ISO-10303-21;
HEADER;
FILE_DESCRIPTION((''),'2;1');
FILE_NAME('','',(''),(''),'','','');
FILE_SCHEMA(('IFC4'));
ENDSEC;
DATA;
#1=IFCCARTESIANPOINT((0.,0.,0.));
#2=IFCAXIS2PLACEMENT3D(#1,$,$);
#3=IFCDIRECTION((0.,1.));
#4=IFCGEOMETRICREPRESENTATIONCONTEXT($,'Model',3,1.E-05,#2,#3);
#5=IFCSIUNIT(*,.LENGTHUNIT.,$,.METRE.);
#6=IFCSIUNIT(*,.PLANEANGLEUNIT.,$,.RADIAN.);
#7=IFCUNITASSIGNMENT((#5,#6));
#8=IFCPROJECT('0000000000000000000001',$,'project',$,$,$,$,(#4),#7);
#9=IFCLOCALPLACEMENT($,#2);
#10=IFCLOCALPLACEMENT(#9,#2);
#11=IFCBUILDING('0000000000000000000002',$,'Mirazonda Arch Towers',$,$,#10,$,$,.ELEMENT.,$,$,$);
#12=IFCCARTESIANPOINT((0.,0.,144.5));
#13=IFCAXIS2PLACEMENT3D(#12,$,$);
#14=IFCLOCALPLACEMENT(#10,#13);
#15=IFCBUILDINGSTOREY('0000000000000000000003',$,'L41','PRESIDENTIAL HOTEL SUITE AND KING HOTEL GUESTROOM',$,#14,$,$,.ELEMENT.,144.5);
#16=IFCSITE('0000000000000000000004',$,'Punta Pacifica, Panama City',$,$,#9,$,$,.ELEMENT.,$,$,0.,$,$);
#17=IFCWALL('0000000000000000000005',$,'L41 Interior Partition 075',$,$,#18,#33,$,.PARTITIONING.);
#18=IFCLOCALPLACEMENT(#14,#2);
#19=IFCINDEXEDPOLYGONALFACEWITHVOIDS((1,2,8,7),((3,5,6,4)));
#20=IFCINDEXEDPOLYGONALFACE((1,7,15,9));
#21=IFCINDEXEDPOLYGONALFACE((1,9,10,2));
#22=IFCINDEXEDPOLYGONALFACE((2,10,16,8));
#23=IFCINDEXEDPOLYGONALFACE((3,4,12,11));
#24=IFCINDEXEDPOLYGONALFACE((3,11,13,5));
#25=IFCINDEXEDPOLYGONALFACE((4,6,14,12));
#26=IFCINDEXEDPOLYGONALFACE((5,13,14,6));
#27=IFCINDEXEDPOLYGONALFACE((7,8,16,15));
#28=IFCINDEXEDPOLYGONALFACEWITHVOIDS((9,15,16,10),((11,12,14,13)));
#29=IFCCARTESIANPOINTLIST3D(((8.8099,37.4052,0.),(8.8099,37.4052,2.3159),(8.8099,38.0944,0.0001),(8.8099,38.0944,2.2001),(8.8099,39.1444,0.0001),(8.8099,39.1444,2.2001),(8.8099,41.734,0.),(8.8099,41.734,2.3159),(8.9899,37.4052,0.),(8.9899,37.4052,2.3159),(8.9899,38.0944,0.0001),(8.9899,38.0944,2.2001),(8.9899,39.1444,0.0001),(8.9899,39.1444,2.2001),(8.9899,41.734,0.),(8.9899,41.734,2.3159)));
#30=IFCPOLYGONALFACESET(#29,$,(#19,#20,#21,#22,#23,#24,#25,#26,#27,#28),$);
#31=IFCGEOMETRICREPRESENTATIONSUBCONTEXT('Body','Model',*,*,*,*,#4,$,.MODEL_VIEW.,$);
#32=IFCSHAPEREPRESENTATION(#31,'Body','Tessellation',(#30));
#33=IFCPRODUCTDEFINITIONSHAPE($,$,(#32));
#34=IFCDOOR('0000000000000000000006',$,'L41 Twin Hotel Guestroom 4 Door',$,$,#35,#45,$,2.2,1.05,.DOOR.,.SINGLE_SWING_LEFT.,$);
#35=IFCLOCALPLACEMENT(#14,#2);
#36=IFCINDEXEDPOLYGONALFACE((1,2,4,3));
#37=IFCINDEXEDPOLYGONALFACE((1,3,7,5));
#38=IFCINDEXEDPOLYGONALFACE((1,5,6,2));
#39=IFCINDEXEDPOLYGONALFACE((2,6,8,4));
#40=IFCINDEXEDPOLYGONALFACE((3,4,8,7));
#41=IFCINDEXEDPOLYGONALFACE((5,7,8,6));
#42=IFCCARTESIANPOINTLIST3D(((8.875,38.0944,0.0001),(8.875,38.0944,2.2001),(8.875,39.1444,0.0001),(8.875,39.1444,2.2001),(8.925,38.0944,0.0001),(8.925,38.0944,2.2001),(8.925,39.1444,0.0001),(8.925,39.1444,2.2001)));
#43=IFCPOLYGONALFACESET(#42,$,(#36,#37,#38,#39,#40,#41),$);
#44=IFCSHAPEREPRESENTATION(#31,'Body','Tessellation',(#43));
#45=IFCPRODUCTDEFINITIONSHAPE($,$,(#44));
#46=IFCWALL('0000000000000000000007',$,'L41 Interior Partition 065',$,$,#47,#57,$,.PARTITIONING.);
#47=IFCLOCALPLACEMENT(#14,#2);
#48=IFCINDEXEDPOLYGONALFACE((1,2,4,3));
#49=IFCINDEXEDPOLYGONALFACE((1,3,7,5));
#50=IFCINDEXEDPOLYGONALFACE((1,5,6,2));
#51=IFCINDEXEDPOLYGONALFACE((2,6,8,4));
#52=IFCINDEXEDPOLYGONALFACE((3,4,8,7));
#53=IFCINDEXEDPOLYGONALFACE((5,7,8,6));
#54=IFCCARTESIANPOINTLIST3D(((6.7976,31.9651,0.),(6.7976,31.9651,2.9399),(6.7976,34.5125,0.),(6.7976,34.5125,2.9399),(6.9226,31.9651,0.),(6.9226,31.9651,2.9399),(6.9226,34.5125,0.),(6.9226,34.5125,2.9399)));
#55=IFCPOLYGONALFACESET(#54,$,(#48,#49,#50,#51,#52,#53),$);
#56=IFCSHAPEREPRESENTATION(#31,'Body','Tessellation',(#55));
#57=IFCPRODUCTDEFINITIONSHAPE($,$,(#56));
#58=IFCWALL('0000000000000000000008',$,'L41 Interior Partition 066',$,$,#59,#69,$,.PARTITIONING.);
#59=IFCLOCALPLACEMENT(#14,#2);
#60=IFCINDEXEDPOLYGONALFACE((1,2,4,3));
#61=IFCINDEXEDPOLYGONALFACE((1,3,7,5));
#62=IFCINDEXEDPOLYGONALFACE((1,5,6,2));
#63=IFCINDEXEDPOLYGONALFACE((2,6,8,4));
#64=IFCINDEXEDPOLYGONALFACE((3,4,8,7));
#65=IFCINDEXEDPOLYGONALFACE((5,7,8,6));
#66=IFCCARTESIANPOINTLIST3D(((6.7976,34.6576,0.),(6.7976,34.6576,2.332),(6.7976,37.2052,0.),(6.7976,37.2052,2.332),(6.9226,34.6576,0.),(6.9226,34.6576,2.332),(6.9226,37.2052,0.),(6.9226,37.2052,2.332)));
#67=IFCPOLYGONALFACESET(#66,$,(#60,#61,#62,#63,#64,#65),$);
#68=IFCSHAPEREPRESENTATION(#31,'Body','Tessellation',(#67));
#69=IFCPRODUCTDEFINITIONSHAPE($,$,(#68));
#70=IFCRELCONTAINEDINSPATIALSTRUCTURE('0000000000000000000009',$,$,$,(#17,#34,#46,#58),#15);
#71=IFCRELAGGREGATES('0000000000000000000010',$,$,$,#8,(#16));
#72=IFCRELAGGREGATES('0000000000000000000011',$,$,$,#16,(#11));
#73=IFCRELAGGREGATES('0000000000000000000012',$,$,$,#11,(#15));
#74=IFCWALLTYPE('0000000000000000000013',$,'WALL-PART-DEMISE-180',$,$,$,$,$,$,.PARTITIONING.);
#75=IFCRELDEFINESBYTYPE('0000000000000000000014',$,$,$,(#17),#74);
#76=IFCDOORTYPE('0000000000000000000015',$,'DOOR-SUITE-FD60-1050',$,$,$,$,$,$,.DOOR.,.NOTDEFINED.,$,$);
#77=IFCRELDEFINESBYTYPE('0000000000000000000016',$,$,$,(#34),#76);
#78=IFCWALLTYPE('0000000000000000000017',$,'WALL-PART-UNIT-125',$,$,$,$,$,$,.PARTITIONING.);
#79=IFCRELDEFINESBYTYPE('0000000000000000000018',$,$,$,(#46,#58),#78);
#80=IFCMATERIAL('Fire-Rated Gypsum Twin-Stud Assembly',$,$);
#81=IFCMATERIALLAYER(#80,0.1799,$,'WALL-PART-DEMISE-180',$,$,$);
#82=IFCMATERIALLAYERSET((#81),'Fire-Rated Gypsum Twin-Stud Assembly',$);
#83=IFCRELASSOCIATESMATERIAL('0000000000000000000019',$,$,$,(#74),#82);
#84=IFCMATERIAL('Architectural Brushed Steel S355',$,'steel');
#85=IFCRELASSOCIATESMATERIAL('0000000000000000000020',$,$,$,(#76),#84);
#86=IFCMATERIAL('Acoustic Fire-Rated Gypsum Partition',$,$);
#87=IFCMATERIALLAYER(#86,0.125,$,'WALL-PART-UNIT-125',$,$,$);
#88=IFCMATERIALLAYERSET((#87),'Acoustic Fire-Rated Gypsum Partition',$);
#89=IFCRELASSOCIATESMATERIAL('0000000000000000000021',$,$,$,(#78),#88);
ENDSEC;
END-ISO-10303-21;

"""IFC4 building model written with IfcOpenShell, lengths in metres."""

from ifc_helpers import new_model, si_unit, direction, frame, frame_2d, origin, place, context, subcontext, project, spatial, rectangle, extrude, material, layer, layer_set, type_object, element, fill, save


model = new_model("IFC4")

# Units and contexts
model_context = context("Model", 3, precision=1e-05, world=origin(), true_north=direction((0.0, 1.0)))
body_context = subcontext(model_context, "Body", "Model", "MODEL_VIEW")
ifc_project = project(units=[si_unit("LENGTHUNIT", "METRE"), si_unit("PLANEANGLEUNIT", "RADIAN")], contexts=[model_context])

# Site, building, storey
site_placement = place(None, origin())
site = spatial("IfcSite", under=ifc_project, at=site_placement, Name="Punta Pacifica, Panama City", CompositionType="ELEMENT", RefElevation=0.0)
building_placement = place(site_placement, origin())
building = spatial("IfcBuilding", under=site, at=building_placement, Name="Mirazonda Arch Towers", CompositionType="ELEMENT")
storey_placement = place(building_placement, frame((0.0, 0.0, 144.5)))
storey = spatial("IfcBuildingStorey", under=building, at=storey_placement, Name="L41", Description="PRESIDENTIAL HOTEL SUITE AND KING HOTEL GUESTROOM", CompositionType="ELEMENT", Elevation=144.5)

# Shared definitions
ifc_material_1 = material(Name="Architectural Brushed Steel S355", Category="steel")

# Shared definitions
ifc_material_2 = material(Name="Fire-Rated Gypsum Twin-Stud Assembly")
ifc_layer_1 = layer(ifc_material_2, 0.1799, Name="WALL-PART-DEMISE-180")
ifc_layer_set_1 = layer_set([ifc_layer_1], Name="Fire-Rated Gypsum Twin-Stud Assembly")
wall_type_1 = type_object("IfcWallType", Name="WALL-PART-DEMISE-180", PredefinedType="PARTITIONING", material=ifc_layer_set_1)
door_type_1 = type_object("IfcDoorType", Name="DOOR-SUITE-FD60-1050", OperationType="NOTDEFINED", PredefinedType="DOOR", material=ifc_material_1)

# Wall, opening, door
wall_1_placement = place(storey_placement, frame((8.8999, 37.405, 0.0), z_axis=(0.0, 0.0, 1.0), x_axis=(0.0, 1.0, 0.0)))
wall_1 = element("IfcWall", 1, at=wall_1_placement, inside=storey, type_object=wall_type_1, Name="L41 Interior Partition 075", PredefinedType="PARTITIONING", context=body_context, shape_type="SweptSolid", body=[
    extrude(rectangle(XDim=4.3289, YDim=0.1799, at=frame_2d((2.1646, 0.0))), origin(), (0.0, 0.0, 1.0), 2.3159),
])
opening_1_placement = place(wall_1_placement, frame((0.6895, 0.0, 0.0)))
opening_1 = element("IfcOpeningElement", 2, at=opening_1_placement, cuts=wall_1, PredefinedType="OPENING", context=body_context, shape_type="SweptSolid", body=[
    extrude(rectangle(XDim=1.05, YDim=2.2, at=frame_2d((0.5249, 1.1001))), frame((0.0, 0.0999, 0.0), z_axis=(0.0, -1.0, 0.0), x_axis=(1.0, 0.0, 0.0)), (0.0, 0.0, 1.0), 0.2),
])
door_1_placement = place(opening_1_placement, origin())
door_1 = element("IfcDoor", 3, at=door_1_placement, inside=storey, type_object=door_type_1, Name="L41 Twin Hotel Guestroom 4 Door", OperationType="SINGLE_SWING_LEFT", OverallHeight=2.2, OverallWidth=1.05, PredefinedType="DOOR", context=body_context, shape_type="SweptSolid", body=[
    extrude(rectangle(XDim=1.05, YDim=2.2, at=frame_2d((0.5249, 1.1001))), frame((0.0, 0.0249, 0.0), z_axis=(0.0, -1.0, 0.0), x_axis=(1.0, 0.0, 0.0)), (0.0, 0.0, 1.0), 0.05),
])
fill(opening_1, door_1)

# Walls
ifc_material_3 = material(Name="Acoustic Fire-Rated Gypsum Partition")
ifc_layer_2 = layer(ifc_material_3, 0.125, Name="WALL-PART-UNIT-125")
ifc_layer_set_2 = layer_set([ifc_layer_2], Name="Acoustic Fire-Rated Gypsum Partition")
wall_type_2 = type_object("IfcWallType", Name="WALL-PART-UNIT-125", PredefinedType="PARTITIONING", material=ifc_layer_set_2)
wall_2_placement = place(storey_placement, frame((6.8601, 31.9651, 0.0), z_axis=(0.0, 0.0, 1.0), x_axis=(0.0, 1.0, 0.0)))
element("IfcWall", 4, at=wall_2_placement, inside=storey, type_object=wall_type_2, Name="L41 Interior Partition 065", PredefinedType="PARTITIONING", context=body_context, shape_type="SweptSolid", body=[
    extrude(rectangle(XDim=2.5474, YDim=0.125, at=frame_2d((1.2737, 0.0))), origin(), (0.0, 0.0, 1.0), 2.9399),
])
wall_3_placement = place(storey_placement, frame((6.8601, 34.6575, 0.0), z_axis=(0.0, 0.0, 1.0), x_axis=(0.0, 1.0, 0.0)))
element("IfcWall", 5, at=wall_3_placement, inside=storey, type_object=wall_type_2, Name="L41 Interior Partition 066", PredefinedType="PARTITIONING", context=body_context, shape_type="SweptSolid", body=[
    extrude(rectangle(XDim=2.5476, YDim=0.125, at=frame_2d((1.2739, 0.0))), origin(), (0.0, 0.0, 1.0), 2.332),
])

save(model, "model.ifc")
